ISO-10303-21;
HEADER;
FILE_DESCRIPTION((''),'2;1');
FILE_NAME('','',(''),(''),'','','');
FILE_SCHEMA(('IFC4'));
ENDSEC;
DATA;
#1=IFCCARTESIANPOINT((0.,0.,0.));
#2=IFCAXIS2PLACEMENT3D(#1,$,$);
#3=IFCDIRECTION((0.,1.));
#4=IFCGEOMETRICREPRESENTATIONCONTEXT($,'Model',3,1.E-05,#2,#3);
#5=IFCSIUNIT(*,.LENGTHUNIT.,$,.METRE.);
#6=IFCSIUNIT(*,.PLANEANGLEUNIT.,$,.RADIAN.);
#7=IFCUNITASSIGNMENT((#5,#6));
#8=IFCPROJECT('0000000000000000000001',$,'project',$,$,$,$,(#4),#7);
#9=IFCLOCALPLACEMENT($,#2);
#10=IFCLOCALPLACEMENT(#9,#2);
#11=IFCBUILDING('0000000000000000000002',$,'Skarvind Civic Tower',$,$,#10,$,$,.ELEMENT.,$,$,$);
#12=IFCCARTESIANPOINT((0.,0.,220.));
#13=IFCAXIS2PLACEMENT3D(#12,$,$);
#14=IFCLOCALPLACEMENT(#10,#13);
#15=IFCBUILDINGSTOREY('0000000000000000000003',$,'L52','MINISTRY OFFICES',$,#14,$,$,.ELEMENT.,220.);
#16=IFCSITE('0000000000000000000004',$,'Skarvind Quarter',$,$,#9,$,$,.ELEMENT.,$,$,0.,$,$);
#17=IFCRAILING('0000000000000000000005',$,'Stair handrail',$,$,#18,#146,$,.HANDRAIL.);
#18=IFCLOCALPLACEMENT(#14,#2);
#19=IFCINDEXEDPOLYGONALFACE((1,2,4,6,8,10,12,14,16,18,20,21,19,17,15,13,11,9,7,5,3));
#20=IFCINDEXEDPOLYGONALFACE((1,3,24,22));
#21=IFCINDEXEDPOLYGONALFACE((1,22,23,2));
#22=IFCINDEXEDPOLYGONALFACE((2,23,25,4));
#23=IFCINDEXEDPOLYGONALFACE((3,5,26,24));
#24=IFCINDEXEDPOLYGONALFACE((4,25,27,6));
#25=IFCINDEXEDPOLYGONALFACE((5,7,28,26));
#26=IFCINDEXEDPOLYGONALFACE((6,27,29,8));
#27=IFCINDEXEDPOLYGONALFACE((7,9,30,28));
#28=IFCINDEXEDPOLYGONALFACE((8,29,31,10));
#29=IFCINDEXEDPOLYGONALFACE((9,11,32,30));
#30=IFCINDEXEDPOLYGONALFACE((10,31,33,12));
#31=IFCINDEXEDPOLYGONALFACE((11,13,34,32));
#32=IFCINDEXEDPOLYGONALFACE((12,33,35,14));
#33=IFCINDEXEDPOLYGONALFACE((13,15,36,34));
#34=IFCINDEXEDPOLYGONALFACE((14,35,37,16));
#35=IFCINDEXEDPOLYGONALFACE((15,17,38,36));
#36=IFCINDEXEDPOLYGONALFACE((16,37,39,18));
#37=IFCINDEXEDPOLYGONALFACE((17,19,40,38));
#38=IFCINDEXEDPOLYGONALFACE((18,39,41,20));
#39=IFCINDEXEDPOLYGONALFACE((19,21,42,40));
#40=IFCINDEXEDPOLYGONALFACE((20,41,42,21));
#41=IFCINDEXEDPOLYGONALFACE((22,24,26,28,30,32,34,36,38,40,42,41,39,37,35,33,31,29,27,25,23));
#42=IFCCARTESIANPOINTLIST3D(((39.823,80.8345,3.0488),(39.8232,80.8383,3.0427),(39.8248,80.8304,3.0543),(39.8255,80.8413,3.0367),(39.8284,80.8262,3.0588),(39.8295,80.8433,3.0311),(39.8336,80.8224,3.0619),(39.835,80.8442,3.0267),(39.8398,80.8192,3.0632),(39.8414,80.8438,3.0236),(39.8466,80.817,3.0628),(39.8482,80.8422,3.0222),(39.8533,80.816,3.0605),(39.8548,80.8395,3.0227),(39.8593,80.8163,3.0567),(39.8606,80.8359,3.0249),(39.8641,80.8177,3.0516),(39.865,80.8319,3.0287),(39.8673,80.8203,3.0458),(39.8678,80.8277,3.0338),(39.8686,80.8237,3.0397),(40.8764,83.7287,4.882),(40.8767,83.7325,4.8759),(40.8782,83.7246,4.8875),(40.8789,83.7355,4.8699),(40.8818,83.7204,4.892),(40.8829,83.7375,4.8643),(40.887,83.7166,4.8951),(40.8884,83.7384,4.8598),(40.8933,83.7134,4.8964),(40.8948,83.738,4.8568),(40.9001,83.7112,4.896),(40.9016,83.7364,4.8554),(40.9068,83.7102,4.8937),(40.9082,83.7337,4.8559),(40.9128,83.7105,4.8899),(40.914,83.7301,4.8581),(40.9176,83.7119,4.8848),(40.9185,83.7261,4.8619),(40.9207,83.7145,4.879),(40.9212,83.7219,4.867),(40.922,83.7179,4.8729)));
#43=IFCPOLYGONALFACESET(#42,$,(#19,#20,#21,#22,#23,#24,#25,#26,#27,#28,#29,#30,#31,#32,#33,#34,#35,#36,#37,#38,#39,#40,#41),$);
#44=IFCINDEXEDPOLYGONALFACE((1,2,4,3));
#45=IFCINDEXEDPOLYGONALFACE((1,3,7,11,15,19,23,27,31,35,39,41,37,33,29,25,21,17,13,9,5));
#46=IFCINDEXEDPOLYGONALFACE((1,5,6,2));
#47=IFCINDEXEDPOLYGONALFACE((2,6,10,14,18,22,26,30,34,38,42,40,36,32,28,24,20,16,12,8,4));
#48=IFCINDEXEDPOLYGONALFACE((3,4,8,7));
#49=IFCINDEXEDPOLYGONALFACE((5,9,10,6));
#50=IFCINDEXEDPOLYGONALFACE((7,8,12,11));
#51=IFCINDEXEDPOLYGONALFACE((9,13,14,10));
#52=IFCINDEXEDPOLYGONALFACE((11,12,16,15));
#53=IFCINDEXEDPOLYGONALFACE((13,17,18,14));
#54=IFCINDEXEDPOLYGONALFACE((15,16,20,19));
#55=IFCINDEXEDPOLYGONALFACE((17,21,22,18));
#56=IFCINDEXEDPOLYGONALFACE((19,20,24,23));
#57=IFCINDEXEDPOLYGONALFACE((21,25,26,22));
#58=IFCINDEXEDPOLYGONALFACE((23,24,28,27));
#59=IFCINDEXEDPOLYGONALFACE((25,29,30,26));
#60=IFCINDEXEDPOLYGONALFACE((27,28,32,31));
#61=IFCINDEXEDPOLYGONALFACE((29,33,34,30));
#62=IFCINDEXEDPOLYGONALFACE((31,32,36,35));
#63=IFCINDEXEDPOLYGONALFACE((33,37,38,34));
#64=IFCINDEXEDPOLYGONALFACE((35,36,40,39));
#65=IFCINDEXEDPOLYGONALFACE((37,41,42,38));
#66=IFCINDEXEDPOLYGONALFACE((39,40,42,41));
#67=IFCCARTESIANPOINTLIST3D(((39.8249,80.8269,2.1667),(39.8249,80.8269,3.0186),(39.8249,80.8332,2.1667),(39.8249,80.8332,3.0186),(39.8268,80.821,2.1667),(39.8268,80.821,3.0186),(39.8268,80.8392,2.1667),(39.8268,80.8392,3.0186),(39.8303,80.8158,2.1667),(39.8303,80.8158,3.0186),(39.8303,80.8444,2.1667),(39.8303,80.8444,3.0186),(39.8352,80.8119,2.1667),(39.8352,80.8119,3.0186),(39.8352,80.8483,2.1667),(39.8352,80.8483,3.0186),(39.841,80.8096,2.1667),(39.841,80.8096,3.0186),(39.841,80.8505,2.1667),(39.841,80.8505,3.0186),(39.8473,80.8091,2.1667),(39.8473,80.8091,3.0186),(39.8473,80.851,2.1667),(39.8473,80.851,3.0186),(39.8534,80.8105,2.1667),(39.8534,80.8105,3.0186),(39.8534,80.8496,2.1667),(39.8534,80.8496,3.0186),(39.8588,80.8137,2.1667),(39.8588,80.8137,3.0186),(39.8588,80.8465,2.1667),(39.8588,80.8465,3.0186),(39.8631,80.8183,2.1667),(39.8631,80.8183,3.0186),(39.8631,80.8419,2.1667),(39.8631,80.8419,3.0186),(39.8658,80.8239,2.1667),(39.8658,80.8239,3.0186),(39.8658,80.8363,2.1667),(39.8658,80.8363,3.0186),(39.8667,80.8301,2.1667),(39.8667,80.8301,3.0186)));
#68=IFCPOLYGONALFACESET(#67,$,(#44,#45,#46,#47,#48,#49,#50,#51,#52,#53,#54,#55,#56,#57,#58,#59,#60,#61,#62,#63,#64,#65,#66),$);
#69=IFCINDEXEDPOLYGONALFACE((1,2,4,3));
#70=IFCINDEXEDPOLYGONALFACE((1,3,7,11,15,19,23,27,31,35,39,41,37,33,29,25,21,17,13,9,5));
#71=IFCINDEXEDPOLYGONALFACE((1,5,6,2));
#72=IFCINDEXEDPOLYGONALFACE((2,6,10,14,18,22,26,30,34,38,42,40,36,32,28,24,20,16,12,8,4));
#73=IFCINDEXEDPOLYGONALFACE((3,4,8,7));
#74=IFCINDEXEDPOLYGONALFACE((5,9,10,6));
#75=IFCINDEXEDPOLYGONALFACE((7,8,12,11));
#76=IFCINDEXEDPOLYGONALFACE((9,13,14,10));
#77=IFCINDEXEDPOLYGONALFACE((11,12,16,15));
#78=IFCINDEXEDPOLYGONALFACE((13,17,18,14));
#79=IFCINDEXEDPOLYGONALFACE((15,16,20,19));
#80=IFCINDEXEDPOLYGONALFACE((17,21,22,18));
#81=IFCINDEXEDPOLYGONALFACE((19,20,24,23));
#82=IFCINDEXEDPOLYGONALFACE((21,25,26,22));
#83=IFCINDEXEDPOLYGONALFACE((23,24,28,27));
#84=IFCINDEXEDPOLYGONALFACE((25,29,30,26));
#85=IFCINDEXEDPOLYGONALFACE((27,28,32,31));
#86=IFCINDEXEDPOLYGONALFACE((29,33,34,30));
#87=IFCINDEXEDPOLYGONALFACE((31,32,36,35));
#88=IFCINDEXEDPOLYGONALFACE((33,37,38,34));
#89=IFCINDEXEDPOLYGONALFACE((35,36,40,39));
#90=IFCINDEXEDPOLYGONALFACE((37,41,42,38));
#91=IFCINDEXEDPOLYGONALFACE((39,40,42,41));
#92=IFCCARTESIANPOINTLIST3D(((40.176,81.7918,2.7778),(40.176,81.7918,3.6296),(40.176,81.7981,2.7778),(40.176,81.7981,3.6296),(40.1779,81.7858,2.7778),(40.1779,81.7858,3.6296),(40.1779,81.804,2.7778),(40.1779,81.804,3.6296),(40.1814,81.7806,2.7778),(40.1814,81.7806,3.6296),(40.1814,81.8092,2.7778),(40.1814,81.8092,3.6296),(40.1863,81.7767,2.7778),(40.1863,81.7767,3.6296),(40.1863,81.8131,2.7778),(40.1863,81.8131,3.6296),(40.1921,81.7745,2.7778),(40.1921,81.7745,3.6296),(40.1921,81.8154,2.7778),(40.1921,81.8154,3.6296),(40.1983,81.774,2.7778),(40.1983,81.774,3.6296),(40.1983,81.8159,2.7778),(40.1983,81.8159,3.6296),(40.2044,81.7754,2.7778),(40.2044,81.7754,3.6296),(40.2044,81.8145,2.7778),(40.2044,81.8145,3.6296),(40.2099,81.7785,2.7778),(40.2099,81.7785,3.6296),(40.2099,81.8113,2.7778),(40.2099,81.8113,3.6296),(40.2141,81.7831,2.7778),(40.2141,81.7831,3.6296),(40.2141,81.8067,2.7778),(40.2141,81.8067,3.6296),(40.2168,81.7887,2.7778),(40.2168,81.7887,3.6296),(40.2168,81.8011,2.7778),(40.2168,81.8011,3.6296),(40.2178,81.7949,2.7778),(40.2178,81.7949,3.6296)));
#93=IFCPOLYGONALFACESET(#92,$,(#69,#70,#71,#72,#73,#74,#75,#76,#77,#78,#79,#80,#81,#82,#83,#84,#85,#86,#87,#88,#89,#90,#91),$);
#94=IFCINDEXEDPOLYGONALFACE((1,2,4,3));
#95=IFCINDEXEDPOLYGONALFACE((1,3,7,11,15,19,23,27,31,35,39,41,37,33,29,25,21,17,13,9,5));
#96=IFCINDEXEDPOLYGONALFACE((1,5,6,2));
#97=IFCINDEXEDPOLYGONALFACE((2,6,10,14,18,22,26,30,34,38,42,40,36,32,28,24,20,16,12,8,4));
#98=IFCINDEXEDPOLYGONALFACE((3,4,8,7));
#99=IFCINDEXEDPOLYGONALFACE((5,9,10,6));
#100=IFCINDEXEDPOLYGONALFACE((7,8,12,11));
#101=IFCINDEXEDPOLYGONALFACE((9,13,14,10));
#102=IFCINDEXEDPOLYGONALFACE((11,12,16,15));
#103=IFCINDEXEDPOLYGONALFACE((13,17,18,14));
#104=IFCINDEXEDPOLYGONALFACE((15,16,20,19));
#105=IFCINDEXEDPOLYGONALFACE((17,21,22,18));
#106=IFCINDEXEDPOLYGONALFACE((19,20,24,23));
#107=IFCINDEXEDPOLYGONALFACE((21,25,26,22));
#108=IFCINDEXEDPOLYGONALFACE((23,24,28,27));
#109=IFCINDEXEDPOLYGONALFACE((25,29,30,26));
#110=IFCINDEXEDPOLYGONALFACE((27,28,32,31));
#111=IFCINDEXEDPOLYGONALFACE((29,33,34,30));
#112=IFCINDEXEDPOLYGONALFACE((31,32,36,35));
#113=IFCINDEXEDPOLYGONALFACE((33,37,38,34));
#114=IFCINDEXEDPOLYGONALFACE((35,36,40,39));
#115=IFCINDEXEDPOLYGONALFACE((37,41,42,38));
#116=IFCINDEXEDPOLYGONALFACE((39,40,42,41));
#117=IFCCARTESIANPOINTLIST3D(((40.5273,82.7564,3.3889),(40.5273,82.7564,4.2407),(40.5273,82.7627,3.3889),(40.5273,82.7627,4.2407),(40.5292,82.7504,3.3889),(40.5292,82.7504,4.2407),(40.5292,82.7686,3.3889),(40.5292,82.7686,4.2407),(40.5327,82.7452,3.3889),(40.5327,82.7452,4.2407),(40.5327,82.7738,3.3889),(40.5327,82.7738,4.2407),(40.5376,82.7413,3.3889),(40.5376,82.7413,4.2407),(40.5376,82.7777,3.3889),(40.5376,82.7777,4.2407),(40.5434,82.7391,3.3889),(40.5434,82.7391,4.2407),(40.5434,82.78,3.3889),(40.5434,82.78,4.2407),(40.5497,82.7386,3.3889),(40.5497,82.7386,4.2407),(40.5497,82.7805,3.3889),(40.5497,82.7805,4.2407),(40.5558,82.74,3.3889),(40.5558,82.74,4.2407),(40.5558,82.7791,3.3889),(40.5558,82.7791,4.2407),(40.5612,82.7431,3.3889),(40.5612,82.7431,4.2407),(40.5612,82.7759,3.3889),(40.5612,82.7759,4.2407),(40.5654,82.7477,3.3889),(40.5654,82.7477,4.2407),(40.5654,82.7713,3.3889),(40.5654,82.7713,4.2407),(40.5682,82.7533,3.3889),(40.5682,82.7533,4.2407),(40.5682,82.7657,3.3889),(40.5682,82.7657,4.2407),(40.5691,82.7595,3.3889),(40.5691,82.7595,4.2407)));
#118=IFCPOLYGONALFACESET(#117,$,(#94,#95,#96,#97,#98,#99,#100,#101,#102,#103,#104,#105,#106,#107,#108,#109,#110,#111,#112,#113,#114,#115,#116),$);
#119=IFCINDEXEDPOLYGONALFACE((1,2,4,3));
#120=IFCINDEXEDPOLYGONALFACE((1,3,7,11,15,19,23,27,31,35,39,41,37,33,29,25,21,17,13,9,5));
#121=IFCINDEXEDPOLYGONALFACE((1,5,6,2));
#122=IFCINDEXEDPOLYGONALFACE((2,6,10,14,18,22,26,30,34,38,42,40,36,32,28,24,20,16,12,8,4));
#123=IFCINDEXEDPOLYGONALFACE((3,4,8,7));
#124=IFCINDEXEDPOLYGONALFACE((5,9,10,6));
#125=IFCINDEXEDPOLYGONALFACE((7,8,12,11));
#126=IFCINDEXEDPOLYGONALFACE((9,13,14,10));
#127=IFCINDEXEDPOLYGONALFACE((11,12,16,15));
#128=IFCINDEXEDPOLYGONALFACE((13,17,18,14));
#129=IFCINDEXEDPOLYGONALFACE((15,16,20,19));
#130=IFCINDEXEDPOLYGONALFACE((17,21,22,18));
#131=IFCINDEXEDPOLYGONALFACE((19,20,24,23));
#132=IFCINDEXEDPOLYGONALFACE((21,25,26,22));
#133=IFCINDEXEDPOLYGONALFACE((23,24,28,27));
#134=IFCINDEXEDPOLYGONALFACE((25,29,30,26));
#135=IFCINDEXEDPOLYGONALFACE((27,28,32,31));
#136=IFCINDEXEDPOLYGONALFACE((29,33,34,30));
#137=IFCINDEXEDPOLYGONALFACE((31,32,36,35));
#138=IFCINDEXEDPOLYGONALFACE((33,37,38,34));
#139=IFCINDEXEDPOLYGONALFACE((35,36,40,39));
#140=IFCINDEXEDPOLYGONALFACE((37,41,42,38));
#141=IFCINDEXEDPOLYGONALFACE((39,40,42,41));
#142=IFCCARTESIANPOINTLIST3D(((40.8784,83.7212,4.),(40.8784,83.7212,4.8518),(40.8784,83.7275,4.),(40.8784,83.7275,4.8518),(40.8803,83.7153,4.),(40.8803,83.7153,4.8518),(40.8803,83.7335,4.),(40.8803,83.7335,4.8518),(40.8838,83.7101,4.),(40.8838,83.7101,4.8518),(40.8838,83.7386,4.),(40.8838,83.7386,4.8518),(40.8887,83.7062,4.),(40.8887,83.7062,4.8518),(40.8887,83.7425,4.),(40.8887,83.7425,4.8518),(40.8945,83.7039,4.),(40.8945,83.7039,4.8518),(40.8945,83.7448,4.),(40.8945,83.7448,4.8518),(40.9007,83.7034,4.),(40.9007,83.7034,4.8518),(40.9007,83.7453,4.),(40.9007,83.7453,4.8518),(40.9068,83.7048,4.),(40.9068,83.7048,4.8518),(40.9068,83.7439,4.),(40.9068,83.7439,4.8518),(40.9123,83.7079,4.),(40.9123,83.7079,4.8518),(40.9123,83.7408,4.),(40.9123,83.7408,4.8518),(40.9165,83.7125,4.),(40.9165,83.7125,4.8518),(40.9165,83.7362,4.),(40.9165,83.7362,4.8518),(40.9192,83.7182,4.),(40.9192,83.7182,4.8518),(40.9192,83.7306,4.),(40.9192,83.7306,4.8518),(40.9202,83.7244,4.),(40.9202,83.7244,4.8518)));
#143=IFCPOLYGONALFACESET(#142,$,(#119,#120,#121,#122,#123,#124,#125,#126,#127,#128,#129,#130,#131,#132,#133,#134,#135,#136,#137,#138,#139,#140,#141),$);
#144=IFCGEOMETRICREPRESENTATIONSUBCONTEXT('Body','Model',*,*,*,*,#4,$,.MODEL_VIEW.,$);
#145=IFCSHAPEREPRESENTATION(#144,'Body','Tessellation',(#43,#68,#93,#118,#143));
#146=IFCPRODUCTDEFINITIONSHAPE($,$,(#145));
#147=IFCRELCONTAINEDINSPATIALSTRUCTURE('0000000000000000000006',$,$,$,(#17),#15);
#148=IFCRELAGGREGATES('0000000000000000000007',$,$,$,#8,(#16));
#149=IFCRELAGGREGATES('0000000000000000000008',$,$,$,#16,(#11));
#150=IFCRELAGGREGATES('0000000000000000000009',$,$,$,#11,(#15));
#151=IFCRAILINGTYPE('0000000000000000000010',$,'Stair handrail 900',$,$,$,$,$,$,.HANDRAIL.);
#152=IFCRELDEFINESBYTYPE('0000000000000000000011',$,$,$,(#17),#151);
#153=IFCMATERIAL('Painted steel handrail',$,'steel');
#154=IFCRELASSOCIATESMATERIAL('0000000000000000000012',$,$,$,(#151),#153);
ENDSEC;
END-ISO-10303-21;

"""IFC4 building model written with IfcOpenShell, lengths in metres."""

from ifc_helpers import new_model, si_unit, direction, frame, origin, origin_2d, place, context, subcontext, project, spatial, circle, extrude, material, type_object, element, save


model = new_model("IFC4")

# Units and contexts
model_context = context("Model", 3, precision=1e-05, world=origin(), true_north=direction((0.0, 1.0)))
body_context = subcontext(model_context, "Body", "Model", "MODEL_VIEW")
ifc_project = project(units=[si_unit("LENGTHUNIT", "METRE"), si_unit("PLANEANGLEUNIT", "RADIAN")], contexts=[model_context])

# Site, building, storey
site_placement = place(None, origin())
site = spatial("IfcSite", under=ifc_project, at=site_placement, Name="Skarvind Quarter", CompositionType="ELEMENT", RefElevation=0.0)
building_placement = place(site_placement, origin())
building = spatial("IfcBuilding", under=site, at=building_placement, Name="Skarvind Civic Tower", CompositionType="ELEMENT")
storey_placement = place(building_placement, frame((0.0, 0.0, 220.0)))
storey = spatial("IfcBuildingStorey", under=building, at=storey_placement, Name="L52", Description="MINISTRY OFFICES", CompositionType="ELEMENT", Elevation=220.0)

# Railing
ifc_material_1 = material(Name="Painted steel handrail", Category="steel")
railing_type = type_object("IfcRailingType", Name="Stair handrail 900", PredefinedType="HANDRAIL", material=ifc_material_1)
railing_placement = place(storey_placement, frame((39.8457, 80.8301, 2.1667)))
element("IfcRailing", 1, at=railing_placement, inside=storey, type_object=railing_type, Name="Stair handrail", PredefinedType="HANDRAIL", context=body_context, shape_type="SweptSolid", body=[
    extrude(circle(Radius=0.0239, at=origin_2d()), frame((0.0, 0.0, 0.876), z_axis=(0.293908, 0.807481, 0.511461), x_axis=(-0.939689, 0.342029, 0.0)), (0.0, 0.0, 1.0), 3.5842),
    extrude(circle(Radius=0.021, at=origin_2d()), origin(), (0.0, 0.0, 1.0), 0.8518),
    extrude(circle(Radius=0.021, at=origin_2d()), frame((0.3511, 0.9648, 0.6111)), (0.0, 0.0, 1.0), 0.8518),
    extrude(circle(Radius=0.021, at=origin_2d()), frame((0.7024, 1.9294, 1.2222)), (0.0, 0.0, 1.0), 0.8518),
    extrude(circle(Radius=0.021, at=origin_2d()), frame((1.0535, 2.8943, 1.8333)), (0.0, 0.0, 1.0), 0.8518),
])

save(model, "model.ifc")
